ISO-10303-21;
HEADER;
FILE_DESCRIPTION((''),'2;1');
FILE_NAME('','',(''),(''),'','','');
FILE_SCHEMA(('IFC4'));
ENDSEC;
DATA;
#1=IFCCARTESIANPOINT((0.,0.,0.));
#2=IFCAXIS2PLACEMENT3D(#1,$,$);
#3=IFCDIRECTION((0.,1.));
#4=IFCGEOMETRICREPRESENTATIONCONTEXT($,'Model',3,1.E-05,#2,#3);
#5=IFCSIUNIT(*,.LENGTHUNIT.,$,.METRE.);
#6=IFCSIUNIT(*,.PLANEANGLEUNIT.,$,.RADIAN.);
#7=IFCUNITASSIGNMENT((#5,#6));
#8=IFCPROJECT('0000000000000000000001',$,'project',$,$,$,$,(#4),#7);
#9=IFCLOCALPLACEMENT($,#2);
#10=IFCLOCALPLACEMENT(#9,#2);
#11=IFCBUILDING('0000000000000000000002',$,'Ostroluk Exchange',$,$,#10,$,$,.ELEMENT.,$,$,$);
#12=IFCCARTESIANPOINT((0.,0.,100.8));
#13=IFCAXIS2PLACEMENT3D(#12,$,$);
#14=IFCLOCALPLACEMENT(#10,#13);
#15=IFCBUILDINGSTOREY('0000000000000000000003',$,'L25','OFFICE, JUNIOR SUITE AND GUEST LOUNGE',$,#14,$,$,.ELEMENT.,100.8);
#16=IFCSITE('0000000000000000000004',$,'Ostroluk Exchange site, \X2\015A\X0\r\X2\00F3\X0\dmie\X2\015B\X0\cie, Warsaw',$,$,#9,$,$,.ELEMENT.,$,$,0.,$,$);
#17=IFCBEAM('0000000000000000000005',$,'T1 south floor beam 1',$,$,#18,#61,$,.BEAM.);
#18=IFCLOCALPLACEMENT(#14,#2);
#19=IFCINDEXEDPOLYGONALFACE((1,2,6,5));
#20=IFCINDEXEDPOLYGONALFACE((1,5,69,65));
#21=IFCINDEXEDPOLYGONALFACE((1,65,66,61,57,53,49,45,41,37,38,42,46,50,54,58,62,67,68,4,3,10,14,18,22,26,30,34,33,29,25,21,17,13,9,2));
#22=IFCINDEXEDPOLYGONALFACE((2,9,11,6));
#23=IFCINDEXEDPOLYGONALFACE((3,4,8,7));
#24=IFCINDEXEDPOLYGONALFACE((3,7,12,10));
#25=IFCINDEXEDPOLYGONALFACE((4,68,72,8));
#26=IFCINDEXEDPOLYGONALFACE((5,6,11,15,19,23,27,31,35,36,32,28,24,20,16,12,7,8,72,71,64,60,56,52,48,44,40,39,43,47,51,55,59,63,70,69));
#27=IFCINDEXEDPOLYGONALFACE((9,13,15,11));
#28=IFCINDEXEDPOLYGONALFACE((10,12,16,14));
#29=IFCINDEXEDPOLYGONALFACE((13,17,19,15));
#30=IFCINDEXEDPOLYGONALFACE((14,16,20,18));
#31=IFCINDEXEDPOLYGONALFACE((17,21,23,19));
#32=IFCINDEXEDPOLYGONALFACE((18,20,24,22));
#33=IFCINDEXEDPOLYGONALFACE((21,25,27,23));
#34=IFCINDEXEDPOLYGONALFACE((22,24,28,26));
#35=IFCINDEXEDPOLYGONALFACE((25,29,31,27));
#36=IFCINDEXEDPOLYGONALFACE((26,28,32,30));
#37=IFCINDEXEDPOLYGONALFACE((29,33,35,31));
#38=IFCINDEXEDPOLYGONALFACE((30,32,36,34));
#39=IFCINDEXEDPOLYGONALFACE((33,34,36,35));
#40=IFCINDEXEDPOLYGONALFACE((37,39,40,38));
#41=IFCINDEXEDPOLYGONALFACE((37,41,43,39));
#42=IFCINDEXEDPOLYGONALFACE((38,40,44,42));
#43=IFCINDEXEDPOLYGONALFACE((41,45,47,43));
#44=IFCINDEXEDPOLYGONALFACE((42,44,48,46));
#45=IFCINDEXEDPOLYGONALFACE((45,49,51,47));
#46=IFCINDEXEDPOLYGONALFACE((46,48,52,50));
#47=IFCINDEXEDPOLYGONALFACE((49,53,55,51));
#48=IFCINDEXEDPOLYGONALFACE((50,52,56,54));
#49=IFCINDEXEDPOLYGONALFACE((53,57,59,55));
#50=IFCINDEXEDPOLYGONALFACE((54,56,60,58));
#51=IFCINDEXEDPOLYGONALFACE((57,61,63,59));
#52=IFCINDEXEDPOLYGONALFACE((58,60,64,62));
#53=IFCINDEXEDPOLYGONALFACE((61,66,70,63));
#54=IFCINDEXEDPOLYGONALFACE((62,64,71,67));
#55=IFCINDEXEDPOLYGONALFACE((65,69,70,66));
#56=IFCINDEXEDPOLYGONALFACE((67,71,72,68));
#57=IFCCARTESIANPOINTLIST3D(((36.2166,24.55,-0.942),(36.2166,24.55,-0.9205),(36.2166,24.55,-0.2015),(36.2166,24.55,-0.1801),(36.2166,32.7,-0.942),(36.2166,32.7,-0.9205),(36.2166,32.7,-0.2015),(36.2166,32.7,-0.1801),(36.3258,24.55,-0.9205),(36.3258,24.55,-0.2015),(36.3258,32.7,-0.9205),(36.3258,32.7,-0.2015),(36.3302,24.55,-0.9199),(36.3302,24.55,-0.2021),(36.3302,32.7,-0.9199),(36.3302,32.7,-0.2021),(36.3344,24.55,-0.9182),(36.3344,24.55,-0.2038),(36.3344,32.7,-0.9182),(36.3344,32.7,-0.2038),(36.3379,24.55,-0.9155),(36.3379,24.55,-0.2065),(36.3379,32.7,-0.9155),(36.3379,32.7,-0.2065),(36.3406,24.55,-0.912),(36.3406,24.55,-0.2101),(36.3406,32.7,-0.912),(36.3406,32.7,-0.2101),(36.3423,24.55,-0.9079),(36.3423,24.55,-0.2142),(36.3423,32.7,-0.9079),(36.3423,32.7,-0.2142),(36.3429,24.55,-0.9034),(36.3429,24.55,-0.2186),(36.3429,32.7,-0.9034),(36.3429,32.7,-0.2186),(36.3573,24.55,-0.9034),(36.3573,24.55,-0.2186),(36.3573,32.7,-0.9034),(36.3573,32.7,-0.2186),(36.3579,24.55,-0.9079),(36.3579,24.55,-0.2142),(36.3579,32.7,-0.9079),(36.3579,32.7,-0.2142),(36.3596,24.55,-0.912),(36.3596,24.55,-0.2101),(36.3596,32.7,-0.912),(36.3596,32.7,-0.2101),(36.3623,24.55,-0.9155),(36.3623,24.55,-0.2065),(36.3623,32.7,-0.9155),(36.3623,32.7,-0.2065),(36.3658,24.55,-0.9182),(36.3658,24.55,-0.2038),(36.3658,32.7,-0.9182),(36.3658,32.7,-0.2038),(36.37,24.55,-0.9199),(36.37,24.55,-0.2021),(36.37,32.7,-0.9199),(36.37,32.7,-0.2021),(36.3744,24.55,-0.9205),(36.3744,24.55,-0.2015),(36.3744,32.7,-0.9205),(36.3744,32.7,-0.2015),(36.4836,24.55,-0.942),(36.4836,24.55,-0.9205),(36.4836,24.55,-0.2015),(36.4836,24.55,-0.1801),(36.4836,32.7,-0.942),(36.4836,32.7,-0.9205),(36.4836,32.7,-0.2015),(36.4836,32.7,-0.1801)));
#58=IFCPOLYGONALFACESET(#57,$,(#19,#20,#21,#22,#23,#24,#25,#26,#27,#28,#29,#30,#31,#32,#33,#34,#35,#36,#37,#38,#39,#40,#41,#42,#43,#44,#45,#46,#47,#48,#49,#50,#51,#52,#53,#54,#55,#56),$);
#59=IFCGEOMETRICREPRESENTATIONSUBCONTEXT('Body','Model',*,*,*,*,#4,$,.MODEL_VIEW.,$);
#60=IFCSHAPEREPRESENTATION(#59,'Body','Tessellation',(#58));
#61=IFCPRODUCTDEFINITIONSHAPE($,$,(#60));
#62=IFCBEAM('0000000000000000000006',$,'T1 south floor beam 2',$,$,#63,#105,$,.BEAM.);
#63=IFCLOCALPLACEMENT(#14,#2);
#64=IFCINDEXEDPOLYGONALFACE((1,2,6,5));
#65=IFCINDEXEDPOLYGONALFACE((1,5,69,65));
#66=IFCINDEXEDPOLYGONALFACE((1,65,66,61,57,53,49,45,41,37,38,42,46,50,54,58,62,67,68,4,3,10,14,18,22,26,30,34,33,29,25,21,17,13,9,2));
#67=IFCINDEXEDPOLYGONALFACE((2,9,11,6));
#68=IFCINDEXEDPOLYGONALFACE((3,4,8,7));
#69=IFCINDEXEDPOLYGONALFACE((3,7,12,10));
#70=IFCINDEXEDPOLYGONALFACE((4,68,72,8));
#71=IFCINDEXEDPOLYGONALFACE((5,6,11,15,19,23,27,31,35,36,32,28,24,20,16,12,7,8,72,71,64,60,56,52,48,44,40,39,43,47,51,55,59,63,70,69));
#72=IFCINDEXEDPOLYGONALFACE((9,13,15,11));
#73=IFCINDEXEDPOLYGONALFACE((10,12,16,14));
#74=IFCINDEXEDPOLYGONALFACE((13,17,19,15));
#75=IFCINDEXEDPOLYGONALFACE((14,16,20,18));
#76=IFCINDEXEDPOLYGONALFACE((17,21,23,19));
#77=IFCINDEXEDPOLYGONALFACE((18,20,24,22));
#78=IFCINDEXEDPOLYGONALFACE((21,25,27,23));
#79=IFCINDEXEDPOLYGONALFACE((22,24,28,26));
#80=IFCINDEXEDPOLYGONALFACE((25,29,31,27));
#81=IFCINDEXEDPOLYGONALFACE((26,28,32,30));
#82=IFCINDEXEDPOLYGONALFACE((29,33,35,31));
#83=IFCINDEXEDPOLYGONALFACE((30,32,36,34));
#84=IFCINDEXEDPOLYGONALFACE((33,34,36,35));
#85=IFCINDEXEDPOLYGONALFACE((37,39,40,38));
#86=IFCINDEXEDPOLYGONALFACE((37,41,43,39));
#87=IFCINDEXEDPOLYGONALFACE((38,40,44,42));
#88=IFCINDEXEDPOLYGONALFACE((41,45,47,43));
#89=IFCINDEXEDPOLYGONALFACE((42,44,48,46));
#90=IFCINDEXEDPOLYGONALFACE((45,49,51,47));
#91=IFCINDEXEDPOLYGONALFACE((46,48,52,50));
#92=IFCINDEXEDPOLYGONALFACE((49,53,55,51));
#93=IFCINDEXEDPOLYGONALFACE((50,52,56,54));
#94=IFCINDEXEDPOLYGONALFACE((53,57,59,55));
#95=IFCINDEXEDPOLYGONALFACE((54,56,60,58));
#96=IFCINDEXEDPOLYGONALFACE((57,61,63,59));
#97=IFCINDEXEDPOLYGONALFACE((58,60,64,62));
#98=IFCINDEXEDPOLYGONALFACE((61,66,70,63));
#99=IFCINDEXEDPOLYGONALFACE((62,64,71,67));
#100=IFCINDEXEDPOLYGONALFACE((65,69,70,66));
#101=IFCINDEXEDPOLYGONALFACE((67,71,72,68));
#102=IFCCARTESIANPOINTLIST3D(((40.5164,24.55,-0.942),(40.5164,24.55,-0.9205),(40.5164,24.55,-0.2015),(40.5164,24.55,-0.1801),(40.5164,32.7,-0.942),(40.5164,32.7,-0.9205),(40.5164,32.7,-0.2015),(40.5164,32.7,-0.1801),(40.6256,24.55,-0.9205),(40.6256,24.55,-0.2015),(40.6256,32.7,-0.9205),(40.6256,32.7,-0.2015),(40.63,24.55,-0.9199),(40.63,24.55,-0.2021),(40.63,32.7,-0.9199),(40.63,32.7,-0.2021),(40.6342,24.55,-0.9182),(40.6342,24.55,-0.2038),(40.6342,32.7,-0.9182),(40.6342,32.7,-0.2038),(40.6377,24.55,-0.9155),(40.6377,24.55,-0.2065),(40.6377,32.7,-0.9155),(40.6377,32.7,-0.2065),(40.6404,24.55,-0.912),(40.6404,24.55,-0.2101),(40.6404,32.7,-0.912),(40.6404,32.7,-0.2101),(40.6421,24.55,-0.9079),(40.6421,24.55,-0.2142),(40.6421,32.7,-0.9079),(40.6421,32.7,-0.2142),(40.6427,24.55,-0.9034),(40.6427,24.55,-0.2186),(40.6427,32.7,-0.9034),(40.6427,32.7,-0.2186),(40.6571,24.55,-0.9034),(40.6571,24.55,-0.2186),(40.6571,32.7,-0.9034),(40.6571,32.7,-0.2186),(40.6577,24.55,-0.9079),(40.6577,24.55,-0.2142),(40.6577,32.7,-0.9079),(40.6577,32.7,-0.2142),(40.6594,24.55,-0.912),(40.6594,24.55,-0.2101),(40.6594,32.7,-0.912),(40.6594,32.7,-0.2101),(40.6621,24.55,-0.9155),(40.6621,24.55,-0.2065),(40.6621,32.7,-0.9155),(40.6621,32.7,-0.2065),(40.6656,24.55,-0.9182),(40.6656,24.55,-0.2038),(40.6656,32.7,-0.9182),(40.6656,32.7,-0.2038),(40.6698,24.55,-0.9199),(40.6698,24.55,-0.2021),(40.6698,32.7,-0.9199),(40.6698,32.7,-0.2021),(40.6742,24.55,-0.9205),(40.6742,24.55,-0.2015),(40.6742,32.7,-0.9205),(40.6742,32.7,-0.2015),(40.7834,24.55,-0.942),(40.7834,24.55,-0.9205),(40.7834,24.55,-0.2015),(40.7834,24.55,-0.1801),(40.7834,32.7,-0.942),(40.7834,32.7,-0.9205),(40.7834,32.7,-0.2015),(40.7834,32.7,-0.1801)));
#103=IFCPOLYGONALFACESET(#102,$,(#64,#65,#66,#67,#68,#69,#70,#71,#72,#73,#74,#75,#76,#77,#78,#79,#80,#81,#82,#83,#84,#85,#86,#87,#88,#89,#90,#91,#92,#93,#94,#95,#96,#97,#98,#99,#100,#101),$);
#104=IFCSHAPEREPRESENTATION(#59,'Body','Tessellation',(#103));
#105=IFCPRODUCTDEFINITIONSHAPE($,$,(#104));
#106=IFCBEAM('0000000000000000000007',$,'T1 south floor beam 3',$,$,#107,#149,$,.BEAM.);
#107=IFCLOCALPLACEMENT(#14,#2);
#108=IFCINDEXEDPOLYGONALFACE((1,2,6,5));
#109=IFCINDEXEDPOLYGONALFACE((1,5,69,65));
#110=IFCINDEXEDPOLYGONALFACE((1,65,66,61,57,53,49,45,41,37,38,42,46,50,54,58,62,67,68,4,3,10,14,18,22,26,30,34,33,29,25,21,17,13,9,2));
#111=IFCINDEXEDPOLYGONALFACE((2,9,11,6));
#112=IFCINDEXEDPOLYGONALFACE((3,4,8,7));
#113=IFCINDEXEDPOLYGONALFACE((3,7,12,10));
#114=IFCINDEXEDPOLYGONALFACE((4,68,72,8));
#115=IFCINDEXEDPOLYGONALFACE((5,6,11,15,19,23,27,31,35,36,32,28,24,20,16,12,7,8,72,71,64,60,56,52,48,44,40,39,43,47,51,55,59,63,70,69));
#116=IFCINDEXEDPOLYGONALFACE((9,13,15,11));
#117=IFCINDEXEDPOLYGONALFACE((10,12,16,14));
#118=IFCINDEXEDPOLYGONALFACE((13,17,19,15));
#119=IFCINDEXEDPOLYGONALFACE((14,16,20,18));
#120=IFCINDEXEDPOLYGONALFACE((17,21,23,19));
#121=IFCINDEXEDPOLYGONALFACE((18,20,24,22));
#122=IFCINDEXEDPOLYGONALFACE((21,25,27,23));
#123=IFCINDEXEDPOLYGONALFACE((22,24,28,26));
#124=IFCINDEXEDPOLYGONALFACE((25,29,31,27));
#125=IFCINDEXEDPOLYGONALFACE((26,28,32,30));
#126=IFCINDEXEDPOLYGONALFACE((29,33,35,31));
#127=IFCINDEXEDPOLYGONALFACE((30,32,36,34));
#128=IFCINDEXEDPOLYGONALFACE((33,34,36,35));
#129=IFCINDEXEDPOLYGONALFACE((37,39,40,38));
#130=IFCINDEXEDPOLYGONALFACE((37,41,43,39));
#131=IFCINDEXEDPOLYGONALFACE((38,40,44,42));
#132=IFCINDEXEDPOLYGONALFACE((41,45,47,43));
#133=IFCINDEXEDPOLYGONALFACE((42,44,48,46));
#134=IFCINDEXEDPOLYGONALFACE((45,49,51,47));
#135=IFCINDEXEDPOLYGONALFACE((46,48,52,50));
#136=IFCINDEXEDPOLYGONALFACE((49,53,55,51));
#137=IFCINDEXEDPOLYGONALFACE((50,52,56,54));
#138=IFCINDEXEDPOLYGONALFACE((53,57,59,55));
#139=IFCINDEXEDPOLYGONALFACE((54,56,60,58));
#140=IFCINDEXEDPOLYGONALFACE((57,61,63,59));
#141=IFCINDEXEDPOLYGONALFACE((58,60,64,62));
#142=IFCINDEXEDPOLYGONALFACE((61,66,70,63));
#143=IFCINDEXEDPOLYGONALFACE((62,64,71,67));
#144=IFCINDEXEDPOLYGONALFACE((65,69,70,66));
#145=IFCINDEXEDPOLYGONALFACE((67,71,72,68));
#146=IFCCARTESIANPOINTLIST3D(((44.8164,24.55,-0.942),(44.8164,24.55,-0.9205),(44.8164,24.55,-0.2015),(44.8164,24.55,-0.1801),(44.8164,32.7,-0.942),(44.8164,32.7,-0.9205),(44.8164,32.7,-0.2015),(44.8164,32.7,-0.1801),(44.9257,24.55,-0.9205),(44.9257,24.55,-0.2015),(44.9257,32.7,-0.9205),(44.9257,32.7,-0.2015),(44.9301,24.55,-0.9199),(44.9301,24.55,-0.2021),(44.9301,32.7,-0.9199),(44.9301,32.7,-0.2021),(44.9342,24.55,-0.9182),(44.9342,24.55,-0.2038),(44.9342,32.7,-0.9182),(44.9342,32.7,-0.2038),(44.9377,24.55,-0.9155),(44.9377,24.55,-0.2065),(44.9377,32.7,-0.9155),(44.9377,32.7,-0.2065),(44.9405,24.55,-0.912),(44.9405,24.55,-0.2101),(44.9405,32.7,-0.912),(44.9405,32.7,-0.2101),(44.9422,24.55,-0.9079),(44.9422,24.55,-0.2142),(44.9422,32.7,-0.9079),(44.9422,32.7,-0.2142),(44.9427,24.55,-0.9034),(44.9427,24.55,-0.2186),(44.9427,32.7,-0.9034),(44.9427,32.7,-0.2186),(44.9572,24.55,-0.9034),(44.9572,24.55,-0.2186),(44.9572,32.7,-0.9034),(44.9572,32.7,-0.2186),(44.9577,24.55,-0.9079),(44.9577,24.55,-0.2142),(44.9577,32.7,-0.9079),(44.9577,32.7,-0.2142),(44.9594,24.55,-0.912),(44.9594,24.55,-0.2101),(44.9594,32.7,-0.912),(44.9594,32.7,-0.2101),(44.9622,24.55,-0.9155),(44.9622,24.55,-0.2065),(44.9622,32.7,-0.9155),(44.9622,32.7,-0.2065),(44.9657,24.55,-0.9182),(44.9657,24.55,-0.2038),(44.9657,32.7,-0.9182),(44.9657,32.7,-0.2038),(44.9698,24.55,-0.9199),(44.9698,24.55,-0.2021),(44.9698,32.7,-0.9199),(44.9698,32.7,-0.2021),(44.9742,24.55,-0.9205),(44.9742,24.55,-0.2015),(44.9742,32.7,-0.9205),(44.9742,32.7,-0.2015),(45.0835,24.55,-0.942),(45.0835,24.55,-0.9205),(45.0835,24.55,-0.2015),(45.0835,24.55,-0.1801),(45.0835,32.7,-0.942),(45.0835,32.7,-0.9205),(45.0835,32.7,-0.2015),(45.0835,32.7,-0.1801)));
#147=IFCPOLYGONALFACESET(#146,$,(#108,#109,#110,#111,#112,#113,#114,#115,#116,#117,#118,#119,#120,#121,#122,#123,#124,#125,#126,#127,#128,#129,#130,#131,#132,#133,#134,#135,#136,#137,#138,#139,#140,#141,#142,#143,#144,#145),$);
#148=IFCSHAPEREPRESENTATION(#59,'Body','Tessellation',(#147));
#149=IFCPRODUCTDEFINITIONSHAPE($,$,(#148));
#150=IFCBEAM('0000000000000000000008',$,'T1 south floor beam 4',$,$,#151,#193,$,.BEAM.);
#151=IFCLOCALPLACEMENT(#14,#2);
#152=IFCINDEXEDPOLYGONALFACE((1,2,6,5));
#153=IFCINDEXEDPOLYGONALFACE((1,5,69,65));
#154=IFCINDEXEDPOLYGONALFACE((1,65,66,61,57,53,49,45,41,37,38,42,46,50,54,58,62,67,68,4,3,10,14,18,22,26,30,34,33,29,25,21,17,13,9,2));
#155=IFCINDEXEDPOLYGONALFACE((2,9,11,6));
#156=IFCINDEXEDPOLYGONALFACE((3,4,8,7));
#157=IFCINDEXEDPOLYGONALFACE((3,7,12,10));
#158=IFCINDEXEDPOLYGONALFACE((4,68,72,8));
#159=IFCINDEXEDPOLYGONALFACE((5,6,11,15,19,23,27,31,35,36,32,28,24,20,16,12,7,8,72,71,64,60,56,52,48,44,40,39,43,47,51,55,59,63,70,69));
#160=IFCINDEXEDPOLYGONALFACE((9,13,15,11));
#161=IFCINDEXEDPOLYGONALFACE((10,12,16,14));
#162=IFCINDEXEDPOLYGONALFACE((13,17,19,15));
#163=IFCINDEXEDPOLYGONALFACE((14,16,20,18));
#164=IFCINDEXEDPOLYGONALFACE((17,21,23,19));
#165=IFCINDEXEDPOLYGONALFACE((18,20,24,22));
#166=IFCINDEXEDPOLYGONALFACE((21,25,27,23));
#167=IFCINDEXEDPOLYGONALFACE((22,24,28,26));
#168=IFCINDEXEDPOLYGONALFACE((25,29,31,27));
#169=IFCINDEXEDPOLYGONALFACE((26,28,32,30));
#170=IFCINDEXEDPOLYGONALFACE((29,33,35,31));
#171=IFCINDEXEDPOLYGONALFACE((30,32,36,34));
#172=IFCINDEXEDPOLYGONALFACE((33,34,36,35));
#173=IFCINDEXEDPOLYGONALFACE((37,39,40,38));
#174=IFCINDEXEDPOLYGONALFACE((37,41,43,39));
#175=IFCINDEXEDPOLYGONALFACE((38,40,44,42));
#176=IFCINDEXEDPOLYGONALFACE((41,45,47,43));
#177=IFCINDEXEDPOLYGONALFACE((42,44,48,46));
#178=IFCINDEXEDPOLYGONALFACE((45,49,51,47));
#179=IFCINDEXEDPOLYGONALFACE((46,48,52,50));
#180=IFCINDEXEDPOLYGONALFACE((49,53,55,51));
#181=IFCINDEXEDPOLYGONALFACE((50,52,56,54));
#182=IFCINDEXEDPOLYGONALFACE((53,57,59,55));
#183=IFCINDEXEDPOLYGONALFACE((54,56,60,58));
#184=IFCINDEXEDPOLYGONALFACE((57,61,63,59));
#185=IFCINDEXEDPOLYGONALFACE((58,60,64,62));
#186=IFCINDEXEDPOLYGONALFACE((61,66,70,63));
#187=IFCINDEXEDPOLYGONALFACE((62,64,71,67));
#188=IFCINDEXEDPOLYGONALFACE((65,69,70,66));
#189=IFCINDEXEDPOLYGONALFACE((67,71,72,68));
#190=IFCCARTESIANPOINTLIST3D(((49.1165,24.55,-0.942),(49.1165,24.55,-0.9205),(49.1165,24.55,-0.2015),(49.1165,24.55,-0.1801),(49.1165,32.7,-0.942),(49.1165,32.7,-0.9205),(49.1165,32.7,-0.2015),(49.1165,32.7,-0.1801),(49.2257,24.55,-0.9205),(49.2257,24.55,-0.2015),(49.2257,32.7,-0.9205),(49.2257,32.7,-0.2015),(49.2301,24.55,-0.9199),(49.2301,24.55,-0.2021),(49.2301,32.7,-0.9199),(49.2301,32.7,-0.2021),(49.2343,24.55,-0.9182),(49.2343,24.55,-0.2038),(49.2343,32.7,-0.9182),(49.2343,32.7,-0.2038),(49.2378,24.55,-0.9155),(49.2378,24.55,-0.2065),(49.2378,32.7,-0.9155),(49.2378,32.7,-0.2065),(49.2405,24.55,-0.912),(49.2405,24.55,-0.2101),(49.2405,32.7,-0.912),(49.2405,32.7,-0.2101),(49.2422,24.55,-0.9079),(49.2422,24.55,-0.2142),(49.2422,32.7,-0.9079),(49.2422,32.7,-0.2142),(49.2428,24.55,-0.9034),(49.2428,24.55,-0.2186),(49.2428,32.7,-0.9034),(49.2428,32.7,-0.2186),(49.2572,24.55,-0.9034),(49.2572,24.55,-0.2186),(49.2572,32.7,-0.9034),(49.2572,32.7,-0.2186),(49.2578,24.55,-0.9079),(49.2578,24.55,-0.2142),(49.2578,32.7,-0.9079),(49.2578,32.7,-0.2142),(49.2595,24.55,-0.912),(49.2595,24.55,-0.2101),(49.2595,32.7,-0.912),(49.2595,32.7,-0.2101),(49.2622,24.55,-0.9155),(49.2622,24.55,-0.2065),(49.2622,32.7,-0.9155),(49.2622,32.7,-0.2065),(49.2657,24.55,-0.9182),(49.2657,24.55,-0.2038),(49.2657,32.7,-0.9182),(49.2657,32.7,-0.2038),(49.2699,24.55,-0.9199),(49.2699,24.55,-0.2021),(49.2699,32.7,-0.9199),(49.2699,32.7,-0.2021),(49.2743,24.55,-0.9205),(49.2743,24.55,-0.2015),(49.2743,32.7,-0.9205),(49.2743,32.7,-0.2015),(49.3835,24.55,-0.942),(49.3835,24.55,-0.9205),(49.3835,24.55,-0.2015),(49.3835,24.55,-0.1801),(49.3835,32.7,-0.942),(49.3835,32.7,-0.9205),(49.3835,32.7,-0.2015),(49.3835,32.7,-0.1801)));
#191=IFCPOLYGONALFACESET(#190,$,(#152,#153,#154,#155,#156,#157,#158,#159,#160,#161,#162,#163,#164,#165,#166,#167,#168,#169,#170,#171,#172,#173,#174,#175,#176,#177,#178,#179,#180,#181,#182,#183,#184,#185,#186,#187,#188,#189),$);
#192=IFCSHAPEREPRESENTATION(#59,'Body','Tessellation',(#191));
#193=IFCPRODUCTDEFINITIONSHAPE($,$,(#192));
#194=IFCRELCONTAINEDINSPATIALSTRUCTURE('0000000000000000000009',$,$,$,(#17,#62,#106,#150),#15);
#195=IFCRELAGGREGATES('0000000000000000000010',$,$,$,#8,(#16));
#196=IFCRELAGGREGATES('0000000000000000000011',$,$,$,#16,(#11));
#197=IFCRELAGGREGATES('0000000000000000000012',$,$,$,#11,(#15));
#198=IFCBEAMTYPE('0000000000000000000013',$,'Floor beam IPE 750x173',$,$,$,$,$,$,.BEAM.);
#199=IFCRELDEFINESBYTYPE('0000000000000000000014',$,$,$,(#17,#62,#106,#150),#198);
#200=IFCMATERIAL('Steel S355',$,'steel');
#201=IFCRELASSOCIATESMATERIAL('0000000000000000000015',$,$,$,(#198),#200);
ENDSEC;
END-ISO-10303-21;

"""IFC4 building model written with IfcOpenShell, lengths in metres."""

from ifc_helpers import new_model, si_unit, direction, frame, origin, origin_2d, place, context, subcontext, project, spatial, i_section, extrude, material, material_profile, profile_set, type_object, element, save


model = new_model("IFC4")

# Units and contexts
model_context = context("Model", 3, precision=1e-05, world=origin(), true_north=direction((0.0, 1.0)))
body_context = subcontext(model_context, "Body", "Model", "MODEL_VIEW")
ifc_project = project(units=[si_unit("LENGTHUNIT", "METRE"), si_unit("PLANEANGLEUNIT", "RADIAN")], contexts=[model_context])

# Site, building, storey
site_placement = place(None, origin())
site = spatial("IfcSite", under=ifc_project, at=site_placement, Name="Ostroluk Exchange site, Śródmieście, Warsaw", CompositionType="ELEMENT", RefElevation=0.0)
building_placement = place(site_placement, origin())
building = spatial("IfcBuilding", under=site, at=building_placement, Name="Ostroluk Exchange", CompositionType="ELEMENT")
storey_placement = place(building_placement, frame((0.0, 0.0, 100.8)))
storey = spatial("IfcBuildingStorey", under=building, at=storey_placement, Name="L25", Description="OFFICE, JUNIOR SUITE AND GUEST LOUNGE", CompositionType="ELEMENT", Elevation=100.8)

# Beams
ifc_material_1 = material(Name="Steel S355", Category="steel")
ifc_material_profile_1 = material_profile(ifc_material_1, i_section(OverallWidth=0.2671, OverallDepth=0.762, WebThickness=0.0144, FlangeThickness=0.0215, FilletRadius=0.0171, at=origin_2d()), Name="IPE 750x173")
ifc_profile_set_1 = profile_set([ifc_material_profile_1], Name="Steel S355")
beam_type_1 = type_object("IfcBeamType", Name="Floor beam IPE 750x173", PredefinedType="BEAM", material=ifc_profile_set_1)
for number, where, z_axis, x_axis, name in (
    (1, (36.3501, 32.7, -0.561), (0.0, -1.0, 0.0), (1.0, 0.0, 0.0), "T1 south floor beam 1"),
    (2, (40.6499, 32.7, -0.561), (0.0, -1.0, 0.0), (1.0, 0.0, 0.0), "T1 south floor beam 2"),
    (3, (44.95, 32.7, -0.561), (0.0, -1.0, 0.0), (1.0, 0.0, 0.0), "T1 south floor beam 3"),
    (4, (49.25, 32.7, -0.561), (0.0, -1.0, 0.0), (1.0, 0.0, 0.0), "T1 south floor beam 4"),
):
    element("IfcBeam", number, at=place(storey_placement, frame(where, z_axis=z_axis, x_axis=x_axis)), inside=storey, type_object=beam_type_1, Name=name, PredefinedType="BEAM", context=body_context, shape_type="SweptSolid", body=[
        extrude(i_section(OverallWidth=0.2671, OverallDepth=0.762, WebThickness=0.0144, FlangeThickness=0.0215, FilletRadius=0.0171, at=origin_2d()), origin(), (0.0, 0.0, 1.0), 8.1499),
    ])

save(model, "model.ifc")
